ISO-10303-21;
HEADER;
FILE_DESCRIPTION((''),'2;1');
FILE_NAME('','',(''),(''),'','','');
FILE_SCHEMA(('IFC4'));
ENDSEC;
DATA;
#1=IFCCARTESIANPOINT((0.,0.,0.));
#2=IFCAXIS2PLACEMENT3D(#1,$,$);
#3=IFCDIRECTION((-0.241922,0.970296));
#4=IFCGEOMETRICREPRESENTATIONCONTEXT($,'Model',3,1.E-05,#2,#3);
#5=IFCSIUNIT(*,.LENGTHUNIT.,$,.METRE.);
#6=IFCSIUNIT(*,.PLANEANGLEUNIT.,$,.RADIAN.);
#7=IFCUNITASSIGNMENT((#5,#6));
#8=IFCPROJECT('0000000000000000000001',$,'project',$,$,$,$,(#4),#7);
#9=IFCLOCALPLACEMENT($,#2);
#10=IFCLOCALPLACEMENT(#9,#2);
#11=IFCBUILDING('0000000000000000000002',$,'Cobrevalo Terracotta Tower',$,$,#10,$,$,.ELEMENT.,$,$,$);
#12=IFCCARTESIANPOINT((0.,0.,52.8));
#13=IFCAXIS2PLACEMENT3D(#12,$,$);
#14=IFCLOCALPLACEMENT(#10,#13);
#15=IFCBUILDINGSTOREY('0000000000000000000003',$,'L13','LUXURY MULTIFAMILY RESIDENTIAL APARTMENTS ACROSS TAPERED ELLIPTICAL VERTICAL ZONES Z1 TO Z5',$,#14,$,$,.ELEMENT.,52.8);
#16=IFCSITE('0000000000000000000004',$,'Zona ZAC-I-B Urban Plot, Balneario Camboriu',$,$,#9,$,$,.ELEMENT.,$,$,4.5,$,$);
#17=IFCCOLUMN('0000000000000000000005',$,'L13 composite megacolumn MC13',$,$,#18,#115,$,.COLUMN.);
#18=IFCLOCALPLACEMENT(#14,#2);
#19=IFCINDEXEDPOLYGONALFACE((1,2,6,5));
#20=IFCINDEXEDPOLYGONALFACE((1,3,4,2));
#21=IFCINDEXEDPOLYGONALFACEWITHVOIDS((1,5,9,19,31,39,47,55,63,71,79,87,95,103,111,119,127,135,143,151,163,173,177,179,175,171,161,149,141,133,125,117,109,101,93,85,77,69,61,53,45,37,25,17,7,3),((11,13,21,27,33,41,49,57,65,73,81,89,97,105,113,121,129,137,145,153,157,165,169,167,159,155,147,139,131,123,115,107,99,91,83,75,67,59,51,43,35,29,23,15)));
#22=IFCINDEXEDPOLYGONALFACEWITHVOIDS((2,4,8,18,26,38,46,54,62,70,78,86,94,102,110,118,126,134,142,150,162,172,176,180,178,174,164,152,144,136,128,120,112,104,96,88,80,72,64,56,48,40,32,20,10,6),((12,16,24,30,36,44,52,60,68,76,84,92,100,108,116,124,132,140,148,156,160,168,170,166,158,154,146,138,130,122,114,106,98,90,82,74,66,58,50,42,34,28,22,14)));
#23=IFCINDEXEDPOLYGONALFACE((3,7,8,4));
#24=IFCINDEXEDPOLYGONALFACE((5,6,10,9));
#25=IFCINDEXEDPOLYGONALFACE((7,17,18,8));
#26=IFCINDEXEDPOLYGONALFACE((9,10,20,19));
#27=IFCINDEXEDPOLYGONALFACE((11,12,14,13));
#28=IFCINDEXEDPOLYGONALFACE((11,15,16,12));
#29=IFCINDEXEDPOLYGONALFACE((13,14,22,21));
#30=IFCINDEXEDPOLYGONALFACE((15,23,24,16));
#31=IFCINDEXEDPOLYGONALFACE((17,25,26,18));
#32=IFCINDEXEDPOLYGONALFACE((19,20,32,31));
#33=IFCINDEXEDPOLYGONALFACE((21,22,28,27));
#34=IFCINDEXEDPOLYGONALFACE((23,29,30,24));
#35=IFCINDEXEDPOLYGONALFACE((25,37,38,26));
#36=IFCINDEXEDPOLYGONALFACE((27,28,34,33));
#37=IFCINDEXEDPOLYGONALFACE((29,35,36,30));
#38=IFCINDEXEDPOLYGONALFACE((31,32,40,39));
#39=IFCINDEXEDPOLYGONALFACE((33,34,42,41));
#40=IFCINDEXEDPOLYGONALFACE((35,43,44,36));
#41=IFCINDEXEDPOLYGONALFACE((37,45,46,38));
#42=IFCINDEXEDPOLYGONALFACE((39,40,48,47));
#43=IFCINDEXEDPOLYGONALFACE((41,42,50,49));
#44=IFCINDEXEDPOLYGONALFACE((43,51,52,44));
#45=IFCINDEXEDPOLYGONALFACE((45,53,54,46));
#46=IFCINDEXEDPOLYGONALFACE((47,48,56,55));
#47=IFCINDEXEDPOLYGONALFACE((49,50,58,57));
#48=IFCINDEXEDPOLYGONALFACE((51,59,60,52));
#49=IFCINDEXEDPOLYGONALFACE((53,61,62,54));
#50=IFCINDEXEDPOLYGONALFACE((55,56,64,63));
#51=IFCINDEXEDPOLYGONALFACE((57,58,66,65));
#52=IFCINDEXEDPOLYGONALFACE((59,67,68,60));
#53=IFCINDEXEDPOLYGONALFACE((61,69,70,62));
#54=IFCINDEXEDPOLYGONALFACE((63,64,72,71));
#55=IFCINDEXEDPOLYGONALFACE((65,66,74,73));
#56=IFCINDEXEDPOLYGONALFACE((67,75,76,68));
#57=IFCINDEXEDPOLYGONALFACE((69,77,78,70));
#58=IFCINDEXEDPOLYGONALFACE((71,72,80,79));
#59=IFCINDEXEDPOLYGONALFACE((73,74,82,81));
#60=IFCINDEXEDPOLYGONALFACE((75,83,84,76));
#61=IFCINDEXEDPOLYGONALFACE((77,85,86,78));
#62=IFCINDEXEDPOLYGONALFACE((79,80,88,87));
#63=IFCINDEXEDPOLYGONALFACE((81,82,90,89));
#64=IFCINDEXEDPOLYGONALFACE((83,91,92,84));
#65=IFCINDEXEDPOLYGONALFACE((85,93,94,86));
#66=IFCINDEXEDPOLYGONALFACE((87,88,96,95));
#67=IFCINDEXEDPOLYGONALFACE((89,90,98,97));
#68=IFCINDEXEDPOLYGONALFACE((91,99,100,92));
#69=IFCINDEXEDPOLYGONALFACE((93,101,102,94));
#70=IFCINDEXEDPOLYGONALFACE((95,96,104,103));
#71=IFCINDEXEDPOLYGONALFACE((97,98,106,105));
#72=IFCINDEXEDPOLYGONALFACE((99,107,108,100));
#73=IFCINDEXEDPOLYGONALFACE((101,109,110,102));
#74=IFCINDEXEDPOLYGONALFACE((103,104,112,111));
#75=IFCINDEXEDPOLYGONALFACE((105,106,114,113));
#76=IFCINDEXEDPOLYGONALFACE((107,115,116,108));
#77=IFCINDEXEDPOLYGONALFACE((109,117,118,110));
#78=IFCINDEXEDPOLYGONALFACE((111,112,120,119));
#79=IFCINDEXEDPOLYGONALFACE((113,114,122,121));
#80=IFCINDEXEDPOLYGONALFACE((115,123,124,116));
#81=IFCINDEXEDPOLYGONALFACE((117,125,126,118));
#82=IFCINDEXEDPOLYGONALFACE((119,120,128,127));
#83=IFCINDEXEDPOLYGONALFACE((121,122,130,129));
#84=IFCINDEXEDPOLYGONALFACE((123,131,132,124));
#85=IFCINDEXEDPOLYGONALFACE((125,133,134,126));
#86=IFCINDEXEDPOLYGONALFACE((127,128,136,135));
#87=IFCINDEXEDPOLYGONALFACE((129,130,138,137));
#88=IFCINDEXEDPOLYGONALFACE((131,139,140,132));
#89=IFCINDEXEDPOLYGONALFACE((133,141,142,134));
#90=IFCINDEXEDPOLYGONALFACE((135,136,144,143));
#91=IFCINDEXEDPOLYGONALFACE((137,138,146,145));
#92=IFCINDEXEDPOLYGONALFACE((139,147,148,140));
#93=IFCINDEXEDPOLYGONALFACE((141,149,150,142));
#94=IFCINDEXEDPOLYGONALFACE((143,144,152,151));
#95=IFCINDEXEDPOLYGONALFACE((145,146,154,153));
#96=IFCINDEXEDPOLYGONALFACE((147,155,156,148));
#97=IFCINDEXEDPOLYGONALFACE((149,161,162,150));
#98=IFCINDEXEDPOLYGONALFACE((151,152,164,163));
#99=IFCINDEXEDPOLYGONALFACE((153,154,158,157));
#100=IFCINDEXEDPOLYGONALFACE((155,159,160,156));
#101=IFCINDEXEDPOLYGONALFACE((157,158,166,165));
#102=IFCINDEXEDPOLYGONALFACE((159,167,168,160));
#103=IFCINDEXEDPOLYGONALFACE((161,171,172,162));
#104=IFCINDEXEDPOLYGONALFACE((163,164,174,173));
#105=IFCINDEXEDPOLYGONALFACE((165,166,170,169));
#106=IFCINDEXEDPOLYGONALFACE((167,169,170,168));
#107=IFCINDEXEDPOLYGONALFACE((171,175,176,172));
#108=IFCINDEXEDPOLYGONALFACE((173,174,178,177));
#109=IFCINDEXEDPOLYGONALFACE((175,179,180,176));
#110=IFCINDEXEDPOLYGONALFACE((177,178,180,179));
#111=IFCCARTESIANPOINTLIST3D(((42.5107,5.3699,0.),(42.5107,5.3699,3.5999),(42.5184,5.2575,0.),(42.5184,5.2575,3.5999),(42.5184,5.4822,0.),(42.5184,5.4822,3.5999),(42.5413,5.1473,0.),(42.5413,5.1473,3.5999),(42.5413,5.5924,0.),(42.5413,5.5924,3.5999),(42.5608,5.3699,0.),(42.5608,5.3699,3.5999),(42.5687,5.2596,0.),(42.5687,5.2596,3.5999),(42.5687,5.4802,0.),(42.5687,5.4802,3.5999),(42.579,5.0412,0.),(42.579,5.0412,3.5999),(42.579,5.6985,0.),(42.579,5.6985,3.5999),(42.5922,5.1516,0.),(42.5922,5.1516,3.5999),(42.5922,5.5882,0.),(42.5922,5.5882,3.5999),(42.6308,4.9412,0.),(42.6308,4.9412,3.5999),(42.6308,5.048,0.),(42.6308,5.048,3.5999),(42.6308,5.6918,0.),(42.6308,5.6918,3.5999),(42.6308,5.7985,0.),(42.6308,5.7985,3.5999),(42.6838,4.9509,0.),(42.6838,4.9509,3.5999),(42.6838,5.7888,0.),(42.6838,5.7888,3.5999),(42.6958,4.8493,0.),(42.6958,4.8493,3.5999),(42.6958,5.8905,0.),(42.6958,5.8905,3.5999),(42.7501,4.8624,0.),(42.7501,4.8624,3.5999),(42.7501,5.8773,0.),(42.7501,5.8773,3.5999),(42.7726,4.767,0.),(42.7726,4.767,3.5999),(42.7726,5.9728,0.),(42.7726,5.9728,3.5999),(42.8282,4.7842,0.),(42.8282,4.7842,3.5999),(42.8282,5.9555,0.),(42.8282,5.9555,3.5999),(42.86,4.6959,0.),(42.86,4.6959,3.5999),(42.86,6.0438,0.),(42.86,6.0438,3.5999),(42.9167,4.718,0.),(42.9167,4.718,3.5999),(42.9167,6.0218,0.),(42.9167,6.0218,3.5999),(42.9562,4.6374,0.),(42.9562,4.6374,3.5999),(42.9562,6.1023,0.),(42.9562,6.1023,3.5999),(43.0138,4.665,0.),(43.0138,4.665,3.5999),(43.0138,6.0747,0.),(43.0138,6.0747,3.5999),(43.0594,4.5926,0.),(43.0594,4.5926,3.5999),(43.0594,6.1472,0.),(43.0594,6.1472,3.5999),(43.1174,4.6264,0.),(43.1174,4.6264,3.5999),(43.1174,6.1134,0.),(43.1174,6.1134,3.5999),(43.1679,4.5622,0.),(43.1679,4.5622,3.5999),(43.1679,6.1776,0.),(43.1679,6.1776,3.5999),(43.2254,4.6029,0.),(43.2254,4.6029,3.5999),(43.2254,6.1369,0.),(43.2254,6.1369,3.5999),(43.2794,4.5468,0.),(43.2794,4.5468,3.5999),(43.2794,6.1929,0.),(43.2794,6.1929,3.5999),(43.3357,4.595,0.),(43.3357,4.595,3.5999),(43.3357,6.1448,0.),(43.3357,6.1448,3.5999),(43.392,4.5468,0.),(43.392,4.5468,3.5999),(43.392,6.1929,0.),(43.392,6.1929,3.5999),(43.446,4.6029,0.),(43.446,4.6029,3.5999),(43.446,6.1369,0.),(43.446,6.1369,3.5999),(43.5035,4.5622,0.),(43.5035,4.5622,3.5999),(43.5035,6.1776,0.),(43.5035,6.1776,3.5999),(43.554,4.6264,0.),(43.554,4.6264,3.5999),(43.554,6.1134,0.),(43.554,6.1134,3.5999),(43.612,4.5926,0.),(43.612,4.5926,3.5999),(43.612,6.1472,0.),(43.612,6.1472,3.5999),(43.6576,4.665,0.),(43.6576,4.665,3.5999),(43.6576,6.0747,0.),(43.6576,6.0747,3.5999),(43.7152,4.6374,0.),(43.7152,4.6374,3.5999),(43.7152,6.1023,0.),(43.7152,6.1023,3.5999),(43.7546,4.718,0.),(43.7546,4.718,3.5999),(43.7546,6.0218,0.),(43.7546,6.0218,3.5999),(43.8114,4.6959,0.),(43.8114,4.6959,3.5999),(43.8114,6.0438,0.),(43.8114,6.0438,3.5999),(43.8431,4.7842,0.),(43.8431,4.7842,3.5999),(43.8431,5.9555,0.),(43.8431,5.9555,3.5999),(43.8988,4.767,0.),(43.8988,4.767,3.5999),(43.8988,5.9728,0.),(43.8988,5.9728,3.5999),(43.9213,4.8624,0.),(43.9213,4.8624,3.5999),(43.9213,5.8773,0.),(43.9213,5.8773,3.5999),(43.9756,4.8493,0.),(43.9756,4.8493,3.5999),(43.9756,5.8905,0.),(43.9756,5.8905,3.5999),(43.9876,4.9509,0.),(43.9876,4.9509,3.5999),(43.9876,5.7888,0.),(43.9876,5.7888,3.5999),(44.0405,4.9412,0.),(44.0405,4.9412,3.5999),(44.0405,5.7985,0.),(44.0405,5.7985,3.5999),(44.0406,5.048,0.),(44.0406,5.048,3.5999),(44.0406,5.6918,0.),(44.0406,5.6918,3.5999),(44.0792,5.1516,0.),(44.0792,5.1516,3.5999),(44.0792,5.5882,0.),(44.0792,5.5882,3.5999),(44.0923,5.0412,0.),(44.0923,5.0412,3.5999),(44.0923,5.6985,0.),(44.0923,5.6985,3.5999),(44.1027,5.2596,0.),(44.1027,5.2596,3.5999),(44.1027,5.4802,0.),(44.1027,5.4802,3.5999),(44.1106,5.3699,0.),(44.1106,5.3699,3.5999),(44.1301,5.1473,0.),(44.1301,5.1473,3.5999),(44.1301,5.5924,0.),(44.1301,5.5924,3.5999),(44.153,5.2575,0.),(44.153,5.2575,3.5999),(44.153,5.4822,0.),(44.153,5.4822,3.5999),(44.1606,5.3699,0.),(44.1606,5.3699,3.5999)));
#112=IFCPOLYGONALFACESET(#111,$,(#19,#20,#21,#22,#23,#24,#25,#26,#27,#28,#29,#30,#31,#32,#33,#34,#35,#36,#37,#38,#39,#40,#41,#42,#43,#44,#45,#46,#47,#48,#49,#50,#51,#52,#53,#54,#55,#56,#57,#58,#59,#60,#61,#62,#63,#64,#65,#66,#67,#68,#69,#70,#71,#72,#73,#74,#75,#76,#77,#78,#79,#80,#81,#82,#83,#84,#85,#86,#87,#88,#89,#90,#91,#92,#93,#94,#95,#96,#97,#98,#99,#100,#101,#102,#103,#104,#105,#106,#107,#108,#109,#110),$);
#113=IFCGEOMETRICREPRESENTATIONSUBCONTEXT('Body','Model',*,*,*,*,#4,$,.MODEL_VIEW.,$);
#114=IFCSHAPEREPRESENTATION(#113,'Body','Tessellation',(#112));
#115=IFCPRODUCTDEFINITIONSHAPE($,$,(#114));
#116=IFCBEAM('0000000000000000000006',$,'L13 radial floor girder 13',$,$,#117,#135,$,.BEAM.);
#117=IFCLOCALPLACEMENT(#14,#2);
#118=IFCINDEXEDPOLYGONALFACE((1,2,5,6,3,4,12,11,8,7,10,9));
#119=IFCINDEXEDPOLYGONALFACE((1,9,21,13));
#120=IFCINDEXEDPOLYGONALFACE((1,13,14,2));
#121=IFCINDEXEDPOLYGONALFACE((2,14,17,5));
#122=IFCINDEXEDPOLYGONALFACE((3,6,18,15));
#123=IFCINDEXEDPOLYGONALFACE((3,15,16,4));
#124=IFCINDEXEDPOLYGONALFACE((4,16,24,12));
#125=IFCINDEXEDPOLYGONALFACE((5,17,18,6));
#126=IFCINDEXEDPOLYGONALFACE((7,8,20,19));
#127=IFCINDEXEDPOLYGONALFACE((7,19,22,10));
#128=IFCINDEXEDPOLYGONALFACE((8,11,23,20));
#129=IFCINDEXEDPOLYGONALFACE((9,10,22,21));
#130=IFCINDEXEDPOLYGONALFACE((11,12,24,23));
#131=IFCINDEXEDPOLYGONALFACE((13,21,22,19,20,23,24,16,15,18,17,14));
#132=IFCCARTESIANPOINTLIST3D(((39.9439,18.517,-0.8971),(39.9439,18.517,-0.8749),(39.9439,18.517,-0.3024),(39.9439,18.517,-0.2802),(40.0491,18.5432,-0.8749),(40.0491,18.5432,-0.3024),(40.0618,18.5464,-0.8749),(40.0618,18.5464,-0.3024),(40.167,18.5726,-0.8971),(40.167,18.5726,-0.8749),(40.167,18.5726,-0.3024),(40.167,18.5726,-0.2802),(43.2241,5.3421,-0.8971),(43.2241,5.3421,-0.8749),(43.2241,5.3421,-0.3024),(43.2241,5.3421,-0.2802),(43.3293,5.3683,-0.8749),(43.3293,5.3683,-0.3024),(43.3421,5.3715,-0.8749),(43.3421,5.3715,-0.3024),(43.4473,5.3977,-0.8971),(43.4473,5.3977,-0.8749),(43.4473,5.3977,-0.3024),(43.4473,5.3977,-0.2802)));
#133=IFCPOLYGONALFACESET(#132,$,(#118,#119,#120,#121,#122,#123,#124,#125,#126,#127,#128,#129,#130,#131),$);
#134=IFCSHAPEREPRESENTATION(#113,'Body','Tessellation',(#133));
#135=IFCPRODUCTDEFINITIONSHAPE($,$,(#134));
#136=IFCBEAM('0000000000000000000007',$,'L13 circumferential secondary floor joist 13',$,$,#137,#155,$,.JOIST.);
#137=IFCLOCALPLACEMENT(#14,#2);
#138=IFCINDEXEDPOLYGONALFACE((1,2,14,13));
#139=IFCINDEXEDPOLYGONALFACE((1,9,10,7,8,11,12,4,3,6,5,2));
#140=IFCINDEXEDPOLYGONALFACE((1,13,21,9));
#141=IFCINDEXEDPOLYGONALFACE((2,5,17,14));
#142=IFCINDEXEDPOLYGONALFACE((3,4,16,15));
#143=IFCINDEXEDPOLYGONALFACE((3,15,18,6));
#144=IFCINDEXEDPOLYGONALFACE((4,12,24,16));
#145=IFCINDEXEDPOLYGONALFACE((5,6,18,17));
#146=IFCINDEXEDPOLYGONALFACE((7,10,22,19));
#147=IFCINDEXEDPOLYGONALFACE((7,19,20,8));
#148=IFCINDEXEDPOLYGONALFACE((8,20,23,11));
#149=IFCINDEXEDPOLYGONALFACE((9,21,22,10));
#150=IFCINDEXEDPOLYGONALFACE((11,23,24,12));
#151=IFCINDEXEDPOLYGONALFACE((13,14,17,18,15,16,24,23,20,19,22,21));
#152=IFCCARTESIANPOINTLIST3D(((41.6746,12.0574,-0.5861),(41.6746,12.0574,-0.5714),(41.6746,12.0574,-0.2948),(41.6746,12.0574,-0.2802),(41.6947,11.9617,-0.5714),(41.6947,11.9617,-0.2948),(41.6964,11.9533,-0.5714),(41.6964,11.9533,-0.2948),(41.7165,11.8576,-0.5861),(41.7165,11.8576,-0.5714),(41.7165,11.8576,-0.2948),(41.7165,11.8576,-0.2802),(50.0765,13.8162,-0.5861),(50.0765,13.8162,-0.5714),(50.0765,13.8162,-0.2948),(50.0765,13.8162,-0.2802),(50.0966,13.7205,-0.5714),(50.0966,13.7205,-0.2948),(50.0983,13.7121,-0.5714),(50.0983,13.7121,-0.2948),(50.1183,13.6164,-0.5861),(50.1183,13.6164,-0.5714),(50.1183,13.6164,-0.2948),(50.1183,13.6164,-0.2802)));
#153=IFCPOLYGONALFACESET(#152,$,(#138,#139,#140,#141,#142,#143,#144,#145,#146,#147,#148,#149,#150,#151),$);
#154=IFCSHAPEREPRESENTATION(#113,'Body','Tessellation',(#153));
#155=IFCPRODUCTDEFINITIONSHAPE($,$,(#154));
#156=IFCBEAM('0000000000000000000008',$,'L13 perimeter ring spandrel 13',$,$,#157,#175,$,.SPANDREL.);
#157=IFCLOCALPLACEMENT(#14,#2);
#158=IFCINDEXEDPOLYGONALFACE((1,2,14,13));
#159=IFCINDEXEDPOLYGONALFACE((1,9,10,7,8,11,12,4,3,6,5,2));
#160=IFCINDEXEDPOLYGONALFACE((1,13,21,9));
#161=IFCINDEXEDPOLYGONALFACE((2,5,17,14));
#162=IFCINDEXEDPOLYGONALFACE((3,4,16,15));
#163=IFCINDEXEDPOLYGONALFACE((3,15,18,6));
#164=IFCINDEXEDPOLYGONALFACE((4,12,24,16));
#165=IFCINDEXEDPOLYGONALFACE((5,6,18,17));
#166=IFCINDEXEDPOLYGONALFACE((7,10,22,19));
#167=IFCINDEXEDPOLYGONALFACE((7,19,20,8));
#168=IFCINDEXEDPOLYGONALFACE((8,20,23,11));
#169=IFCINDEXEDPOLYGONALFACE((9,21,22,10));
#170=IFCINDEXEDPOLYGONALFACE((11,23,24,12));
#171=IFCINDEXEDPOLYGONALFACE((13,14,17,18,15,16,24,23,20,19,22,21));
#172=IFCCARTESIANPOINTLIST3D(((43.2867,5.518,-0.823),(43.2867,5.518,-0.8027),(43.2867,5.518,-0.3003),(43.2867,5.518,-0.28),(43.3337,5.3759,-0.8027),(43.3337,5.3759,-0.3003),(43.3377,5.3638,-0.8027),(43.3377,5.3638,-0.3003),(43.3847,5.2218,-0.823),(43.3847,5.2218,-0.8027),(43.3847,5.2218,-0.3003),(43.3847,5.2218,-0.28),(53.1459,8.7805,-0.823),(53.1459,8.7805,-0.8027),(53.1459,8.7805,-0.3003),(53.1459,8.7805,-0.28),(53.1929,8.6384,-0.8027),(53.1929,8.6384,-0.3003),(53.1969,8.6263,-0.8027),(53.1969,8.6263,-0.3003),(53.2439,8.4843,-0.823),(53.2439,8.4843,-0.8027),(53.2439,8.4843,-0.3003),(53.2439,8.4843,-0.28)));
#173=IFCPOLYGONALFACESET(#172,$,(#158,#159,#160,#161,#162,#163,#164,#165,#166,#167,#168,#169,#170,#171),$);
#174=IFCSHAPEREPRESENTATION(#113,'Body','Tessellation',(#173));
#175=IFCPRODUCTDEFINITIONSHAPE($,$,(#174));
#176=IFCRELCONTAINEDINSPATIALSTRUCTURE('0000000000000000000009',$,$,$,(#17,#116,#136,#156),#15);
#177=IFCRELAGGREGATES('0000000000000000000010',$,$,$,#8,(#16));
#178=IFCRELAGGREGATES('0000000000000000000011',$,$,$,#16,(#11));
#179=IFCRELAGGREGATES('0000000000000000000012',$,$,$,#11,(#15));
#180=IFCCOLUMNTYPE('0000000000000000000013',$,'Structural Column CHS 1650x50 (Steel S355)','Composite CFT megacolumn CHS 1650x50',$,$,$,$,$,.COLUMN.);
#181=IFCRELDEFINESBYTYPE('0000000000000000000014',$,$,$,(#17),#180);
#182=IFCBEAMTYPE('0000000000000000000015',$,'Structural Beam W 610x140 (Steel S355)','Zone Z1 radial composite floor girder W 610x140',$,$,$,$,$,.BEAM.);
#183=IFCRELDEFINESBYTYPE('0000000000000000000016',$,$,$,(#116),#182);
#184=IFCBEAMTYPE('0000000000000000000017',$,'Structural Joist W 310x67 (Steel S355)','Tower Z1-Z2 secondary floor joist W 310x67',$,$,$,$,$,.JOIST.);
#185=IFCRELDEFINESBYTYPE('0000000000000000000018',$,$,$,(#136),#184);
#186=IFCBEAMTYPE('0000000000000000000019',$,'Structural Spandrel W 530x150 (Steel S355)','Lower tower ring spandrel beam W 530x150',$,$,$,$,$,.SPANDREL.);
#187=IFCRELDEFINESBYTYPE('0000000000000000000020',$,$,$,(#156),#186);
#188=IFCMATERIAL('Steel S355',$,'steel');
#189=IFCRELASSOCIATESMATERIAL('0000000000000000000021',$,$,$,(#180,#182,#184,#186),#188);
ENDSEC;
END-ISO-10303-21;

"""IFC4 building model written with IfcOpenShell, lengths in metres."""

from ifc_helpers import new_model, si_unit, direction, frame, origin, origin_2d, place, context, subcontext, project, spatial, hollow_circle, i_section, extrude, material, material_profile, profile_set, type_object, element, save


model = new_model("IFC4")

# Units and contexts
model_context = context("Model", 3, precision=1e-05, world=origin(), true_north=direction((-0.241922, 0.970296)))
body_context = subcontext(model_context, "Body", "Model", "MODEL_VIEW")
ifc_project = project(units=[si_unit("LENGTHUNIT", "METRE"), si_unit("PLANEANGLEUNIT", "RADIAN")], contexts=[model_context])

# Site, building, storey
site_placement = place(None, origin())
site = spatial("IfcSite", under=ifc_project, at=site_placement, Name="Zona ZAC-I-B Urban Plot, Balneario Camboriu", CompositionType="ELEMENT", RefElevation=4.5)
building_placement = place(site_placement, origin())
building = spatial("IfcBuilding", under=site, at=building_placement, Name="Cobrevalo Terracotta Tower", CompositionType="ELEMENT")
storey_placement = place(building_placement, frame((0.0, 0.0, 52.8)))
storey = spatial("IfcBuildingStorey", under=building, at=storey_placement, Name="L13", Description="LUXURY MULTIFAMILY RESIDENTIAL APARTMENTS ACROSS TAPERED ELLIPTICAL VERTICAL ZONES Z1 TO Z5", CompositionType="ELEMENT", Elevation=52.8)

# Column
ifc_material_1 = material(Name="Steel S355", Category="steel")
ifc_material_profile_1 = material_profile(ifc_material_1, hollow_circle(Radius=0.825, WallThickness=0.05, at=origin_2d()), Name="CHS 1650x50")
ifc_profile_set_1 = profile_set([ifc_material_profile_1], Name="Steel S355")
column_type = type_object("IfcColumnType", Name="Structural Column CHS 1650x50 (Steel S355)", Description="Composite CFT megacolumn CHS 1650x50", PredefinedType="COLUMN", material=ifc_profile_set_1)
column_placement = place(storey_placement, frame((43.3357, 5.3699, 0.0), z_axis=(0.0, 0.0, 1.0), x_axis=(1.0, 0.0, 0.0)))
element("IfcColumn", 1, at=column_placement, inside=storey, type_object=column_type, Name="L13 composite megacolumn MC13", PredefinedType="COLUMN", context=body_context, shape_type="SweptSolid", body=[
    extrude(hollow_circle(Radius=0.825, WallThickness=0.05, at=origin_2d()), origin(), (0.0, 0.0, 1.0), 3.5999),
])

# Beams
ifc_material_profile_2 = material_profile(ifc_material_1, i_section(OverallWidth=0.23, OverallDepth=0.6169, WebThickness=0.0132, FlangeThickness=0.0222, at=origin_2d()), Name="W 610x140")
ifc_profile_set_2 = profile_set([ifc_material_profile_2], Name="Steel S355")
beam_type_1 = type_object("IfcBeamType", Name="Structural Beam W 610x140 (Steel S355)", Description="Zone Z1 radial composite floor girder W 610x140", PredefinedType="BEAM", material=ifc_profile_set_2)
beam_1_placement = place(storey_placement, frame((43.3357, 5.3699, -0.5886), z_axis=(-0.2416, 0.970376, 0.0), x_axis=(-0.970376, -0.2416, 0.0)))
element("IfcBeam", 2, at=beam_1_placement, inside=storey, type_object=beam_type_1, Name="L13 radial floor girder 13", PredefinedType="BEAM", context=body_context, shape_type="SweptSolid", body=[
    extrude(i_section(OverallWidth=0.23, OverallDepth=0.6169, WebThickness=0.0132, FlangeThickness=0.0222, at=origin_2d()), origin(), (0.0, 0.0, 1.0), 13.5771),
])
ifc_material_profile_3 = material_profile(ifc_material_1, i_section(OverallWidth=0.2041, OverallDepth=0.3059, WebThickness=0.0085, FlangeThickness=0.0146, at=origin_2d()), Name="W 310x67")
ifc_profile_set_3 = profile_set([ifc_material_profile_3], Name="Steel S355")
beam_type_2 = type_object("IfcBeamType", Name="Structural Joist W 310x67 (Steel S355)", Description="Tower Z1-Z2 secondary floor joist W 310x67", PredefinedType="JOIST", material=ifc_profile_set_3)
beam_2_placement = place(storey_placement, frame((41.6956, 11.9575, -0.4331), z_axis=(0.978785, 0.204892, 0.0), x_axis=(-0.204892, 0.978785, 0.0)))
element("IfcBeam", 3, at=beam_2_placement, inside=storey, type_object=beam_type_2, Name="L13 circumferential secondary floor joist 13", PredefinedType="JOIST", context=body_context, shape_type="SweptSolid", body=[
    extrude(i_section(OverallWidth=0.2041, OverallDepth=0.3059, WebThickness=0.0085, FlangeThickness=0.0146, at=origin_2d()), origin(), (0.0, 0.0, 1.0), 8.584),
])
ifc_material_profile_4 = material_profile(ifc_material_1, i_section(OverallWidth=0.312, OverallDepth=0.543, WebThickness=0.0127, FlangeThickness=0.0203, at=origin_2d()), Name="W 530x150")
ifc_profile_set_4 = profile_set([ifc_material_profile_4], Name="Steel S355")
beam_type_3 = type_object("IfcBeamType", Name="Structural Spandrel W 530x150 (Steel S355)", Description="Lower tower ring spandrel beam W 530x150", PredefinedType="SPANDREL", material=ifc_profile_set_4)
beam_3_placement = place(storey_placement, frame((43.3357, 5.3699, -0.5515), z_axis=(0.949372, 0.314153, 0.0), x_axis=(-0.314153, 0.949372, 0.0)))
element("IfcBeam", 4, at=beam_3_placement, inside=storey, type_object=beam_type_3, Name="L13 perimeter ring spandrel 13", PredefinedType="SPANDREL", context=body_context, shape_type="SweptSolid", body=[
    extrude(i_section(OverallWidth=0.312, OverallDepth=0.543, WebThickness=0.0127, FlangeThickness=0.0203, at=origin_2d()), origin(), (0.0, 0.0, 1.0), 10.385),
])

save(model, "model.ifc")
